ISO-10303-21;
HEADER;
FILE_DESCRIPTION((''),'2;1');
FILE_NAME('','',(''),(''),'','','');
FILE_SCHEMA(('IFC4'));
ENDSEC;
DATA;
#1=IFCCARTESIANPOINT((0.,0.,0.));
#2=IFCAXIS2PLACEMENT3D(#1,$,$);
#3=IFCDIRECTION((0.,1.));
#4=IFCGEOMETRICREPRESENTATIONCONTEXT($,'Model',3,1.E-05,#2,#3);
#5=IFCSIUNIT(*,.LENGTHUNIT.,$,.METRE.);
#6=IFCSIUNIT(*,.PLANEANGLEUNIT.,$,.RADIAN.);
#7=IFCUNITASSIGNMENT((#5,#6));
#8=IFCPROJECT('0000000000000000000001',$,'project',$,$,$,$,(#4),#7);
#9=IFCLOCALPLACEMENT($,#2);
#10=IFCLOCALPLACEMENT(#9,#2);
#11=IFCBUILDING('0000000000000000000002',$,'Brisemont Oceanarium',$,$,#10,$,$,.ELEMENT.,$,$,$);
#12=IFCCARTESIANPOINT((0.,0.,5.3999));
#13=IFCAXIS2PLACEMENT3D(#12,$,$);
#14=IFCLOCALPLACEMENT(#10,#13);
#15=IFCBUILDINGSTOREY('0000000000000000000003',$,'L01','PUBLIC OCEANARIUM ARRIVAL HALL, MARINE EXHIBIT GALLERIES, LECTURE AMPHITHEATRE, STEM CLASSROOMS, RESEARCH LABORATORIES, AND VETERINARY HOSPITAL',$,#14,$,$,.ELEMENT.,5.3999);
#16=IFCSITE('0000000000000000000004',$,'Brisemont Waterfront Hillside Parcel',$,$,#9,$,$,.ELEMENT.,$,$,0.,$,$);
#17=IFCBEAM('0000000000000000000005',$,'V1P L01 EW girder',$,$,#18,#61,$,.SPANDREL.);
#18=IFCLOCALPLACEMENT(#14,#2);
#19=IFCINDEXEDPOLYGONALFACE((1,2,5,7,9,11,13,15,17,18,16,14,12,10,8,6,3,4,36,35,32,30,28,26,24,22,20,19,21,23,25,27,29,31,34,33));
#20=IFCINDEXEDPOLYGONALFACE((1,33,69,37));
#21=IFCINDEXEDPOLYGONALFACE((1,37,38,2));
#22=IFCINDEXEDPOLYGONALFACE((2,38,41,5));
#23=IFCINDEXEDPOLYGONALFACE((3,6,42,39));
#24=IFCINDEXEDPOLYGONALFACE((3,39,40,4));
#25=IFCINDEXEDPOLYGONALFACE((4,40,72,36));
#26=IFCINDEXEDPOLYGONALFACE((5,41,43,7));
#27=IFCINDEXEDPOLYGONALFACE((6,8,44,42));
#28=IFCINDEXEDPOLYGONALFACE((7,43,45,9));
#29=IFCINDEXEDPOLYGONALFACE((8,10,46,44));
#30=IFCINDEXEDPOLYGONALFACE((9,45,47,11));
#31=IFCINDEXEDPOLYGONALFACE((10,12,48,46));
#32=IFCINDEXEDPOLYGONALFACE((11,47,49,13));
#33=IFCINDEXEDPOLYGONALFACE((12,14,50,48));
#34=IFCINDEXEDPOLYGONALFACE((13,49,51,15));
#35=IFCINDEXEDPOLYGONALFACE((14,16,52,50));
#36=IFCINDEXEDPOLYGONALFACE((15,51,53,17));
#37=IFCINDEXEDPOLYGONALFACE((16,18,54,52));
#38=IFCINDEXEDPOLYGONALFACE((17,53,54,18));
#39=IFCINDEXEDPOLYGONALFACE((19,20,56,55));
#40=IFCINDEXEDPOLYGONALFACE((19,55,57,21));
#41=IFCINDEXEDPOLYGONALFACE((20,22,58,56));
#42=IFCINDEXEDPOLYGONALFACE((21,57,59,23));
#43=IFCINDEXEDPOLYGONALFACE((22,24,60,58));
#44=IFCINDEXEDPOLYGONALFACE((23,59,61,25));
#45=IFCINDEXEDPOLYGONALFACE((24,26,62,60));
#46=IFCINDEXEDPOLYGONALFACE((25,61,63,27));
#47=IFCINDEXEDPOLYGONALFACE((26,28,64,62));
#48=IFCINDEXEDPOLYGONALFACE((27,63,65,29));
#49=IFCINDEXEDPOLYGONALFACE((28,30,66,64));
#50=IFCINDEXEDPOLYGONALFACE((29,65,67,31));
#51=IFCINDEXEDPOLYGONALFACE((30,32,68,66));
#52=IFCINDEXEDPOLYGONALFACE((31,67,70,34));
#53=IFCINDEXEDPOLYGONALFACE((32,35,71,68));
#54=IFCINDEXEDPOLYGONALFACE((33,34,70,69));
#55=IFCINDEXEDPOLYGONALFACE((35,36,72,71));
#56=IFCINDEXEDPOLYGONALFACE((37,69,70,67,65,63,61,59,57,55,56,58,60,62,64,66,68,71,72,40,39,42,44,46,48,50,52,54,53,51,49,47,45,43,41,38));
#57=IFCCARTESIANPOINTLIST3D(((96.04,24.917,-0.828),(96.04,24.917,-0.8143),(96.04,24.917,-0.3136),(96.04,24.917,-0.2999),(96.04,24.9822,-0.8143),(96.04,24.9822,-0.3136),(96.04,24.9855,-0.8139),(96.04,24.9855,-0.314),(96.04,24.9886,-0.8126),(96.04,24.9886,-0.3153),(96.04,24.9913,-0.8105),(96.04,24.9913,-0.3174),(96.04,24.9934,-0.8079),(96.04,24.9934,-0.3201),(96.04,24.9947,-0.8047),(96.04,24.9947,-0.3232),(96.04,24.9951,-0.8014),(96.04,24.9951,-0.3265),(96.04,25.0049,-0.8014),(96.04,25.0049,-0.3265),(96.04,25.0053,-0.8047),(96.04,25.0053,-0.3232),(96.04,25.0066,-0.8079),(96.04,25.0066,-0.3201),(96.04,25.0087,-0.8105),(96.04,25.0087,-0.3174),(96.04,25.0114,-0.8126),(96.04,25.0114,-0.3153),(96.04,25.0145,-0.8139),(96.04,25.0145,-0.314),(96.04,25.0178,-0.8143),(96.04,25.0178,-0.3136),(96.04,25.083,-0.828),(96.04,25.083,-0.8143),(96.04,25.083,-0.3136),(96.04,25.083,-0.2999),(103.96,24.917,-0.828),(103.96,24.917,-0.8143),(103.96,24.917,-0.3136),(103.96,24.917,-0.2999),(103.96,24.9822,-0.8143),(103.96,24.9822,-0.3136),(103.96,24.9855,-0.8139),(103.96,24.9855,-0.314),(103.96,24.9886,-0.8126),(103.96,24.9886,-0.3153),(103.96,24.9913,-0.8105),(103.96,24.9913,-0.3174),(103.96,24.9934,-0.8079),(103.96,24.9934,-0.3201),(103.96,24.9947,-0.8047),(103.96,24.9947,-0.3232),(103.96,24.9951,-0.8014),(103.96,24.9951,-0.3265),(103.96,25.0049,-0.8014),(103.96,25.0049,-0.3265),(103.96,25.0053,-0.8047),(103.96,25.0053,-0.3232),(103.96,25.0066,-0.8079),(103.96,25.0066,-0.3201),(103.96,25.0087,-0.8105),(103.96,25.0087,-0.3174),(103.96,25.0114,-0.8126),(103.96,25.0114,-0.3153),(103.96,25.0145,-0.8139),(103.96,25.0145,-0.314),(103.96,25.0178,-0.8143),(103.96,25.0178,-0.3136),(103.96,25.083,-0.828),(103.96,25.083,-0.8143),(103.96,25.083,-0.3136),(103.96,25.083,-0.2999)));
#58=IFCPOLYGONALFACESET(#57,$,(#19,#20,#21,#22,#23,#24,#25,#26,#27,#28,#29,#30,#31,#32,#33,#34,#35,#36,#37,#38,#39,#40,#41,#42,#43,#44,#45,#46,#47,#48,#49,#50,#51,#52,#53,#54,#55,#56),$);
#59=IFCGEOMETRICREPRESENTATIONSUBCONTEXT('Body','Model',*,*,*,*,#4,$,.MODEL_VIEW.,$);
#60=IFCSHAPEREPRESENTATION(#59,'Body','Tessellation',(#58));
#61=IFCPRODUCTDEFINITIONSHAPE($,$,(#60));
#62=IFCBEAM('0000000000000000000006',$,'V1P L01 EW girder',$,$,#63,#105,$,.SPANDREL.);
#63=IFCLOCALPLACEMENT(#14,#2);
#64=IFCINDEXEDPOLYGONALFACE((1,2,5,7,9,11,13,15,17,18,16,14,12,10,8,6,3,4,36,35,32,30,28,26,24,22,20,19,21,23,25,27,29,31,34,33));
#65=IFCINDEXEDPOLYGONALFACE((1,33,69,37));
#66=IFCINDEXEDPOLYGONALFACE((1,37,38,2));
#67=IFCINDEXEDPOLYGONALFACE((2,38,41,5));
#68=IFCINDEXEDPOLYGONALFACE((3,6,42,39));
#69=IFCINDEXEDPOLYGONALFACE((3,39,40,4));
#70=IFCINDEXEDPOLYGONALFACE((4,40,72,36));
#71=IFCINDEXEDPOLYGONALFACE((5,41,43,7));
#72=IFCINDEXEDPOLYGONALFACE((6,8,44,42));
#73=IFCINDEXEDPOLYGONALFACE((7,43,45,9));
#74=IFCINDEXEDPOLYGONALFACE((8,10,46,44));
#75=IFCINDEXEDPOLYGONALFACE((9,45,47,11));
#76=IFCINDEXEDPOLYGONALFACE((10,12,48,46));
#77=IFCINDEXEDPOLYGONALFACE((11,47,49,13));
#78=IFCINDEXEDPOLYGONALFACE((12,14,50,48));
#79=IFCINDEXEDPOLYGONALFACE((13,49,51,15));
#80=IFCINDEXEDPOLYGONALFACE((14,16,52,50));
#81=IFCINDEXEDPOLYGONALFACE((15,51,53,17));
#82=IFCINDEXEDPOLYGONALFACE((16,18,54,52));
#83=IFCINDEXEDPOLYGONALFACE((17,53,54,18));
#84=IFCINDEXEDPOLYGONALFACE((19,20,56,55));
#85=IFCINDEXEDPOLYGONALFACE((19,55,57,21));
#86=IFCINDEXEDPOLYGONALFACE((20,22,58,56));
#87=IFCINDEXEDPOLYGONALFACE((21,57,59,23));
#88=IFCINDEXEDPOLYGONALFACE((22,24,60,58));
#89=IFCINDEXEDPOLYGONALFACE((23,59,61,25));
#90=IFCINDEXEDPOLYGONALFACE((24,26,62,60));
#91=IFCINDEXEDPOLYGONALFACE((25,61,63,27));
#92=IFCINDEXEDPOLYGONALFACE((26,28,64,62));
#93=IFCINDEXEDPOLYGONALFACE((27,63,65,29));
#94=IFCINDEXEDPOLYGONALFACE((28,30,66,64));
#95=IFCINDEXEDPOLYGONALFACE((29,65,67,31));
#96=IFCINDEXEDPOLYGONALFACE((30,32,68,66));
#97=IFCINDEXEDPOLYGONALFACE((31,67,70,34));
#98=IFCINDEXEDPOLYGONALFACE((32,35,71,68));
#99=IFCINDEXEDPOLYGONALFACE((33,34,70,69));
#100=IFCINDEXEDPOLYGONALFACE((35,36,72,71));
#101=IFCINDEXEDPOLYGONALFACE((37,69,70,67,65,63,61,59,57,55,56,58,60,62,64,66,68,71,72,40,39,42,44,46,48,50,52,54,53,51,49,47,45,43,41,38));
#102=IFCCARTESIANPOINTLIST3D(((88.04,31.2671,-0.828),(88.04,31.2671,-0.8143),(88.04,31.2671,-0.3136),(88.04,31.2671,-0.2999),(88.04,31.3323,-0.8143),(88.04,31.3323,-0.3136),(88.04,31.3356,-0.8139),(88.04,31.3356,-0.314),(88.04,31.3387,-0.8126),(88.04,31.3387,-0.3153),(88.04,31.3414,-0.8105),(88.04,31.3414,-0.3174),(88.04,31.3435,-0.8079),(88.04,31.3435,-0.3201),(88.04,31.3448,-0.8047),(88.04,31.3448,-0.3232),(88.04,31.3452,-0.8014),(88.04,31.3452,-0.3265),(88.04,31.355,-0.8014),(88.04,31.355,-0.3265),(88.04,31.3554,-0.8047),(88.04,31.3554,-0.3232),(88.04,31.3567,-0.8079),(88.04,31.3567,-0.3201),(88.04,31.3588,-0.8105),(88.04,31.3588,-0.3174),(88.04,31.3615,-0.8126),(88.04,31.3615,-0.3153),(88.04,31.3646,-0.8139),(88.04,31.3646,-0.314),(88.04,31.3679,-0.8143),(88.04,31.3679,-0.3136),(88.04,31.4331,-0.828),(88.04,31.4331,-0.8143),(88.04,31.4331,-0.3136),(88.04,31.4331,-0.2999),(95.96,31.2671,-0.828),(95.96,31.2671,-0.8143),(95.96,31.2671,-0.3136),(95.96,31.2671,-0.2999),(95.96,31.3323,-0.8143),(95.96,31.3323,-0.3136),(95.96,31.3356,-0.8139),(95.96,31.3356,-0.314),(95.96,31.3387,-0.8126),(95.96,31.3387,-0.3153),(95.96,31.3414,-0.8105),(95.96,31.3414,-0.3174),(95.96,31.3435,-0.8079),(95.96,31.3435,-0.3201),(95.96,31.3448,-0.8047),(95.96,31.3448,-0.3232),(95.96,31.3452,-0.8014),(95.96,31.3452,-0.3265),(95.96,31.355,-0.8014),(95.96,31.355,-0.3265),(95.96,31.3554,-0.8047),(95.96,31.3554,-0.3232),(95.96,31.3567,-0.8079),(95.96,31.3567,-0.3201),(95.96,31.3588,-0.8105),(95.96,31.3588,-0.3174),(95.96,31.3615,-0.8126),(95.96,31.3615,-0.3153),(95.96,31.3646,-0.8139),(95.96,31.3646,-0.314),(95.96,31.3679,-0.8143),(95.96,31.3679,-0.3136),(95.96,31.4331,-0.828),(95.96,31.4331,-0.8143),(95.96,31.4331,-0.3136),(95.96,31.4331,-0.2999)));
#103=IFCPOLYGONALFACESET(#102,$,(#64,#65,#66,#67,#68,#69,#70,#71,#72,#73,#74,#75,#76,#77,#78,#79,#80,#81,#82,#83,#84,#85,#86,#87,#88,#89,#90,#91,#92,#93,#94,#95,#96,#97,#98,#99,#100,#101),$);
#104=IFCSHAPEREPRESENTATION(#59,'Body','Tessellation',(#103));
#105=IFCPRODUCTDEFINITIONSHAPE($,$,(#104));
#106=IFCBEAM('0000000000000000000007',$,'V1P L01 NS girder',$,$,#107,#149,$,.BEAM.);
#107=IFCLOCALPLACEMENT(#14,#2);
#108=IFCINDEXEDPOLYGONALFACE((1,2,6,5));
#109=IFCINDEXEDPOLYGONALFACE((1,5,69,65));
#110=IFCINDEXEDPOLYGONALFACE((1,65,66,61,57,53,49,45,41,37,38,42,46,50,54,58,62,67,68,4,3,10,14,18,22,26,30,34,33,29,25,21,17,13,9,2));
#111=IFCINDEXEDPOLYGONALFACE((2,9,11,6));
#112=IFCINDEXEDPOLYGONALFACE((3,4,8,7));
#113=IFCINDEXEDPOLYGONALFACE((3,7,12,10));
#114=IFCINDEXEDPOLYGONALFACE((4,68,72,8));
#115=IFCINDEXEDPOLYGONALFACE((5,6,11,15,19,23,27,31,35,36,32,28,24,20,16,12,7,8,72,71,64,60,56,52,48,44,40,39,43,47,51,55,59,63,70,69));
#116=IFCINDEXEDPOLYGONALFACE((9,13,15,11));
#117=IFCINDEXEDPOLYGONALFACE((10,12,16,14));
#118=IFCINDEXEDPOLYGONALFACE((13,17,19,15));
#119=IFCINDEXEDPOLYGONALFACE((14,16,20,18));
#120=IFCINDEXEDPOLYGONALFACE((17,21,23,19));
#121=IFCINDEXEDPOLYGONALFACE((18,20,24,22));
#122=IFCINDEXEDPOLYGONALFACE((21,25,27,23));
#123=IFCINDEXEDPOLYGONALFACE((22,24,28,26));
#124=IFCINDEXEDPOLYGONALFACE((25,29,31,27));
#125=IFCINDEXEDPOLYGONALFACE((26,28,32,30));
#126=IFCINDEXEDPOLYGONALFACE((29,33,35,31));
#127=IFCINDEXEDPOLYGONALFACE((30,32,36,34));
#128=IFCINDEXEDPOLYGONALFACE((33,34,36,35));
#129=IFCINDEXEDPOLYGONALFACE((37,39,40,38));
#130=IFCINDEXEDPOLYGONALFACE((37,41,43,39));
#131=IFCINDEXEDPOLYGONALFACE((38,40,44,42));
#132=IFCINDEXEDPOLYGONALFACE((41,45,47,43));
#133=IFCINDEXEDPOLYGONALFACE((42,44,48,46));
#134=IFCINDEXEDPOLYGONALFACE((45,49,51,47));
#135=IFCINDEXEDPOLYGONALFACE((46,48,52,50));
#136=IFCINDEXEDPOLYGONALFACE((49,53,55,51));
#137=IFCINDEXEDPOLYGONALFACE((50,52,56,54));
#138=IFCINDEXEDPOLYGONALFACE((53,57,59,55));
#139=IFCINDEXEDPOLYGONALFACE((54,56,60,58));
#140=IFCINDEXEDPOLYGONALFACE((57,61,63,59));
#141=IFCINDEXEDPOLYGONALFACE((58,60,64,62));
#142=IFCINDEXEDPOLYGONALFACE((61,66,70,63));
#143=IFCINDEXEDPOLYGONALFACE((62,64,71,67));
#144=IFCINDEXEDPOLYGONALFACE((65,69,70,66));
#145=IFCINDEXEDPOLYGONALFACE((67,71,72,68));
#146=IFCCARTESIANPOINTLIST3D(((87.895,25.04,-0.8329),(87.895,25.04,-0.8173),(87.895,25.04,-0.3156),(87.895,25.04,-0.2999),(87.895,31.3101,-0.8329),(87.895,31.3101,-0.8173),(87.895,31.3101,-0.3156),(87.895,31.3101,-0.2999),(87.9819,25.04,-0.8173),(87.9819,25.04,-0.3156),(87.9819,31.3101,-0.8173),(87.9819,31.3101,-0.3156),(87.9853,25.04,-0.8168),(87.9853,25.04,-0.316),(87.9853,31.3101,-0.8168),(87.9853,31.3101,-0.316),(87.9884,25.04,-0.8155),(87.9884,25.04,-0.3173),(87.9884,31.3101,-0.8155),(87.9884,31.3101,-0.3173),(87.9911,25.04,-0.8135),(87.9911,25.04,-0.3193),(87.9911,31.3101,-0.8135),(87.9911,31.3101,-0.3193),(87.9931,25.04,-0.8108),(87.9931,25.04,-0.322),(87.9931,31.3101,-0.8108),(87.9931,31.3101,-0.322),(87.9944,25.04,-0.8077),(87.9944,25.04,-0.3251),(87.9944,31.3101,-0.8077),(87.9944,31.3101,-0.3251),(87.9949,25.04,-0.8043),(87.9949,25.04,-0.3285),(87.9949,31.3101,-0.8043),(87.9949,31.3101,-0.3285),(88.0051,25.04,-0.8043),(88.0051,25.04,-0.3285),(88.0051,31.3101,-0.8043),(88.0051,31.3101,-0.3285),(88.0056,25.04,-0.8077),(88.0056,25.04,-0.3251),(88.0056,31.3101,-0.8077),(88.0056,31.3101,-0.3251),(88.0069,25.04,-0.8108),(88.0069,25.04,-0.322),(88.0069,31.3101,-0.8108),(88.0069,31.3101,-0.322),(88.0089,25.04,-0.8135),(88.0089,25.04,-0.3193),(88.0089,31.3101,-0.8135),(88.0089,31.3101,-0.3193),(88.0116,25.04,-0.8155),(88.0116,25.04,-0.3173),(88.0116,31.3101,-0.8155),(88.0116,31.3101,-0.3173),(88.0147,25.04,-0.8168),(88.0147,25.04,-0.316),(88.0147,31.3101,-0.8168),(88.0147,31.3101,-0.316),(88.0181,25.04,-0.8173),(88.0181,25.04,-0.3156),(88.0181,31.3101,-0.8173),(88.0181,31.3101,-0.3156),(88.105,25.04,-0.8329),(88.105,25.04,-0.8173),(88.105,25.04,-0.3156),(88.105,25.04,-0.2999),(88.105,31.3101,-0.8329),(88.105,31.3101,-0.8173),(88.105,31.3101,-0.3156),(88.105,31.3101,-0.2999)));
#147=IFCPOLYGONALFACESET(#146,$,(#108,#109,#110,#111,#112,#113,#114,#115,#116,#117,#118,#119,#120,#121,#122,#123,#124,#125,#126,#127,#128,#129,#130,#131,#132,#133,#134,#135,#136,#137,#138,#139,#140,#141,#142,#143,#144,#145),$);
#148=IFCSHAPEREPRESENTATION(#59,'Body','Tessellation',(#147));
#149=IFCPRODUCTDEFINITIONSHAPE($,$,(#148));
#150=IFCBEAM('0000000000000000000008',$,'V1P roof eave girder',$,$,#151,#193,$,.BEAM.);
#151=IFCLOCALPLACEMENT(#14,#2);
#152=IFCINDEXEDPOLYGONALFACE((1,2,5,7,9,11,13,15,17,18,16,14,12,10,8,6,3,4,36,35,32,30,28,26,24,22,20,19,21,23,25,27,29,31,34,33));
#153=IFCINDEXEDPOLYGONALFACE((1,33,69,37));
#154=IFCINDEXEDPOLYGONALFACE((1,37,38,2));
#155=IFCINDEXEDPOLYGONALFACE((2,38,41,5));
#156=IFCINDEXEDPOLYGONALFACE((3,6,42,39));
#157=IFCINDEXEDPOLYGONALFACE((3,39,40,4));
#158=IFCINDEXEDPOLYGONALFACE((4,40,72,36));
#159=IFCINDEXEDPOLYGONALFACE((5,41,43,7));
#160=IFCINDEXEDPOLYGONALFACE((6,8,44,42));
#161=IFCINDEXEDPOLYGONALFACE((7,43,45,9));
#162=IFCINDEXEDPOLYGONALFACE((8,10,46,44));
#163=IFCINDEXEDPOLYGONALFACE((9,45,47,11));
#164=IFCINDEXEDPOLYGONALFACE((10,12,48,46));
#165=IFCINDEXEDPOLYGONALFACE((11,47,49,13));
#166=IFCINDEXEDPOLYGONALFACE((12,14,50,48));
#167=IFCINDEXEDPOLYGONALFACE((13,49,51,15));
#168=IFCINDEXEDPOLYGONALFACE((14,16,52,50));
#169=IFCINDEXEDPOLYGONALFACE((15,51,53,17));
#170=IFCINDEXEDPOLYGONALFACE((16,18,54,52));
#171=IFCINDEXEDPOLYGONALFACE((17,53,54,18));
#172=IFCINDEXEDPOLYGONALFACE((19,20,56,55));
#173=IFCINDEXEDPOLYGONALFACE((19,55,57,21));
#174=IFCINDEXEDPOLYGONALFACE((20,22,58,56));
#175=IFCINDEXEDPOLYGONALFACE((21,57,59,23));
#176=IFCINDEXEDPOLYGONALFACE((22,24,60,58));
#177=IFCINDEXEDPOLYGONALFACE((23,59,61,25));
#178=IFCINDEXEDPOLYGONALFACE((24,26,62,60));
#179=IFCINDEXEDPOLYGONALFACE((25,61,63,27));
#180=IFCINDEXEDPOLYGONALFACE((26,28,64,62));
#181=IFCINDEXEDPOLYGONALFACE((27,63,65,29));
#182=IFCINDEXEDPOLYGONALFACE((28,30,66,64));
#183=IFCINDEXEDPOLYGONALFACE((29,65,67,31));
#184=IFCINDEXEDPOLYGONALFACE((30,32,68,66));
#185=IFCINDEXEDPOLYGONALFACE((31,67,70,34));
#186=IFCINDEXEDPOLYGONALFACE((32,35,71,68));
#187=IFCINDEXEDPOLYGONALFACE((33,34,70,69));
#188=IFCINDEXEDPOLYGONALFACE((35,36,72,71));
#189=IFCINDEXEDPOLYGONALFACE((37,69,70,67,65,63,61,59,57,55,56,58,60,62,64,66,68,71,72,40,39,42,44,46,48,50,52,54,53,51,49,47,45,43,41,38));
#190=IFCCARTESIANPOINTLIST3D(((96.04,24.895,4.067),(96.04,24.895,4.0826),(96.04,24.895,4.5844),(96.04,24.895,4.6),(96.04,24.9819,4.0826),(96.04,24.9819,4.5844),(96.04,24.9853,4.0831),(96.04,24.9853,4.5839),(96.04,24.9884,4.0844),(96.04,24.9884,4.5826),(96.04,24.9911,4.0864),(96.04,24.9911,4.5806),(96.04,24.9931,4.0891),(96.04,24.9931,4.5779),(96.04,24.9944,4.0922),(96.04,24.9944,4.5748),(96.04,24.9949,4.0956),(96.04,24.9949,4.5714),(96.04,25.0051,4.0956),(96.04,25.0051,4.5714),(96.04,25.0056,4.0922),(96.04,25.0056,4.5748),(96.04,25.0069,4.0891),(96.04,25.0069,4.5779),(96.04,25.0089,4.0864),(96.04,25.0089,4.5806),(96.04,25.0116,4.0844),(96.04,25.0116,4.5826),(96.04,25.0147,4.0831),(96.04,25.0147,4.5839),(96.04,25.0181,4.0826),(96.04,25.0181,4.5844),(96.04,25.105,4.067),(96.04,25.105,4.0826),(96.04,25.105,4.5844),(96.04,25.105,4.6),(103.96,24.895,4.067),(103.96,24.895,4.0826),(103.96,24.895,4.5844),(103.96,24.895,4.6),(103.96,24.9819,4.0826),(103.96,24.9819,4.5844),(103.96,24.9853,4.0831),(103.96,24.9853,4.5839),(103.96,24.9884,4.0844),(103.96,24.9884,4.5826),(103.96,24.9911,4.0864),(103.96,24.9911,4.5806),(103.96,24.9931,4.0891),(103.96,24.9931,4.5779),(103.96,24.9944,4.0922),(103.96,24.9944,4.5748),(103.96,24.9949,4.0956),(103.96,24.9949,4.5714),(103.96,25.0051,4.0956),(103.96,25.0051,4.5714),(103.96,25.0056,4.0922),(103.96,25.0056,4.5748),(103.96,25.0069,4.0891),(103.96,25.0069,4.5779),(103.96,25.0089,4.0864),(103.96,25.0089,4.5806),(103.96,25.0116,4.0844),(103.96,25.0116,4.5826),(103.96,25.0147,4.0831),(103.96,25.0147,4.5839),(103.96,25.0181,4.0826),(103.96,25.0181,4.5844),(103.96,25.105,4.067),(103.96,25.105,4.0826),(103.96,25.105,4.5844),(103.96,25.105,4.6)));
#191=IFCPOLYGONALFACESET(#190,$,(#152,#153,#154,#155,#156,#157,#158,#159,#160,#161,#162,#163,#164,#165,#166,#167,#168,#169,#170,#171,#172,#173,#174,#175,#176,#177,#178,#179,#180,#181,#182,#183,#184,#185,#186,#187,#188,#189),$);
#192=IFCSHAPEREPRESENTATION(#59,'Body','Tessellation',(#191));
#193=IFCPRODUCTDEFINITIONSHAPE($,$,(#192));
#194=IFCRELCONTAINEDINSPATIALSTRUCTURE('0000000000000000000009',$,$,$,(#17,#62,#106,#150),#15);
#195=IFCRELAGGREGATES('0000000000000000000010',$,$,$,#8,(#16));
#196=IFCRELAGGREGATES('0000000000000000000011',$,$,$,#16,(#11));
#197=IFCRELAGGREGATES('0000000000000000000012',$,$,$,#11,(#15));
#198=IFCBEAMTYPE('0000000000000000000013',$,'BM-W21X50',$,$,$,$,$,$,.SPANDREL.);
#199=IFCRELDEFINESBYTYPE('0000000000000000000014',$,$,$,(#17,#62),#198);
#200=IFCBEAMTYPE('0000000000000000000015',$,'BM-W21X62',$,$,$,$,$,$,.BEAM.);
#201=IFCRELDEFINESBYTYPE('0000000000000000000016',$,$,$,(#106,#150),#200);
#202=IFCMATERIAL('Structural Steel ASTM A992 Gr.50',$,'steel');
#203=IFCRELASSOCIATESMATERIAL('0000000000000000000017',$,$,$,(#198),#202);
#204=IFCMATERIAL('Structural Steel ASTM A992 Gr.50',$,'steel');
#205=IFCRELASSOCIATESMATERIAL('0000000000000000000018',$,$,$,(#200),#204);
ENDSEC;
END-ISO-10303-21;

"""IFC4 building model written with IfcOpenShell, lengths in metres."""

from ifc_helpers import new_model, si_unit, direction, frame, origin, origin_2d, place, context, subcontext, project, spatial, i_section, extrude, material, material_profile, profile_set, type_object, element, save


model = new_model("IFC4")

# Units and contexts
model_context = context("Model", 3, precision=1e-05, world=origin(), true_north=direction((0.0, 1.0)))
body_context = subcontext(model_context, "Body", "Model", "MODEL_VIEW")
ifc_project = project(units=[si_unit("LENGTHUNIT", "METRE"), si_unit("PLANEANGLEUNIT", "RADIAN")], contexts=[model_context])

# Site, building, storey
site_placement = place(None, origin())
site = spatial("IfcSite", under=ifc_project, at=site_placement, Name="Brisemont Waterfront Hillside Parcel", CompositionType="ELEMENT", RefElevation=0.0)
building_placement = place(site_placement, origin())
building = spatial("IfcBuilding", under=site, at=building_placement, Name="Brisemont Oceanarium", CompositionType="ELEMENT")
storey_placement = place(building_placement, frame((0.0, 0.0, 5.3999)))
storey = spatial("IfcBuildingStorey", under=building, at=storey_placement, Name="L01", Description="PUBLIC OCEANARIUM ARRIVAL HALL, MARINE EXHIBIT GALLERIES, LECTURE AMPHITHEATRE, STEM CLASSROOMS, RESEARCH LABORATORIES, AND VETERINARY HOSPITAL", CompositionType="ELEMENT", Elevation=5.3999)

# Beams
ifc_material_1 = material(Name="Structural Steel ASTM A992 Gr.50", Category="steel")
ifc_material_profile_1 = material_profile(ifc_material_1, i_section(OverallWidth=0.166, OverallDepth=0.5281, WebThickness=0.0098, FlangeThickness=0.0137, FilletRadius=0.0129, at=origin_2d()), Name="W21X50")
ifc_profile_set_1 = profile_set([ifc_material_profile_1], Name="Structural Steel ASTM A992 Gr.50")
beam_type_1 = type_object("IfcBeamType", Name="BM-W21X50", PredefinedType="SPANDREL", material=ifc_profile_set_1)
for number, where, z_axis, x_axis, name in (
    (1, (96.04, 25.0, -0.564), (1.0, 0.0, 0.0), (0.0, 1.0, 0.0), "V1P L01 EW girder"),
    (2, (88.04, 31.3501, -0.564), (1.0, 0.0, 0.0), (0.0, 1.0, 0.0), "V1P L01 EW girder"),
):
    element("IfcBeam", number, at=place(storey_placement, frame(where, z_axis=z_axis, x_axis=x_axis)), inside=storey, type_object=beam_type_1, Name=name, PredefinedType="SPANDREL", context=body_context, shape_type="SweptSolid", body=[
        extrude(i_section(OverallWidth=0.166, OverallDepth=0.5281, WebThickness=0.0098, FlangeThickness=0.0137, FilletRadius=0.0129, at=origin_2d()), origin(), (0.0, 0.0, 1.0), 7.9199),
    ])
ifc_material_2 = material(Name="Structural Steel ASTM A992 Gr.50", Category="steel")
ifc_material_profile_2 = material_profile(ifc_material_2, i_section(OverallWidth=0.21, OverallDepth=0.533, WebThickness=0.0103, FlangeThickness=0.0156, FilletRadius=0.0129, at=origin_2d()), Name="W21X62")
ifc_profile_set_2 = profile_set([ifc_material_profile_2], Name="Structural Steel ASTM A992 Gr.50")
beam_type_2 = type_object("IfcBeamType", Name="BM-W21X62", PredefinedType="BEAM", material=ifc_profile_set_2)
beam_1_placement = place(storey_placement, frame((88.0, 25.04, -0.5664), z_axis=(0.0, 1.0, 0.0), x_axis=(-1.0, 0.0, 0.0)))
element("IfcBeam", 3, at=beam_1_placement, inside=storey, type_object=beam_type_2, Name="V1P L01 NS girder", PredefinedType="BEAM", context=body_context, shape_type="SweptSolid", body=[
    extrude(i_section(OverallWidth=0.21, OverallDepth=0.533, WebThickness=0.0103, FlangeThickness=0.0156, FilletRadius=0.0129, at=origin_2d()), origin(), (0.0, 0.0, 1.0), 6.27),
])
for number, where, z_axis, x_axis, name in (
    (4, (96.04, 25.0, 4.3335), (1.0, 0.0, 0.0), (0.0, 1.0, 0.0), "V1P roof eave girder"),
):
    element("IfcBeam", number, at=place(storey_placement, frame(where, z_axis=z_axis, x_axis=x_axis)), inside=storey, type_object=beam_type_2, Name=name, PredefinedType="BEAM", context=body_context, shape_type="SweptSolid", body=[
        extrude(i_section(OverallWidth=0.21, OverallDepth=0.533, WebThickness=0.0103, FlangeThickness=0.0156, FilletRadius=0.0129, at=origin_2d()), origin(), (0.0, 0.0, 1.0), 7.9199),
    ])

save(model, "model.ifc")
